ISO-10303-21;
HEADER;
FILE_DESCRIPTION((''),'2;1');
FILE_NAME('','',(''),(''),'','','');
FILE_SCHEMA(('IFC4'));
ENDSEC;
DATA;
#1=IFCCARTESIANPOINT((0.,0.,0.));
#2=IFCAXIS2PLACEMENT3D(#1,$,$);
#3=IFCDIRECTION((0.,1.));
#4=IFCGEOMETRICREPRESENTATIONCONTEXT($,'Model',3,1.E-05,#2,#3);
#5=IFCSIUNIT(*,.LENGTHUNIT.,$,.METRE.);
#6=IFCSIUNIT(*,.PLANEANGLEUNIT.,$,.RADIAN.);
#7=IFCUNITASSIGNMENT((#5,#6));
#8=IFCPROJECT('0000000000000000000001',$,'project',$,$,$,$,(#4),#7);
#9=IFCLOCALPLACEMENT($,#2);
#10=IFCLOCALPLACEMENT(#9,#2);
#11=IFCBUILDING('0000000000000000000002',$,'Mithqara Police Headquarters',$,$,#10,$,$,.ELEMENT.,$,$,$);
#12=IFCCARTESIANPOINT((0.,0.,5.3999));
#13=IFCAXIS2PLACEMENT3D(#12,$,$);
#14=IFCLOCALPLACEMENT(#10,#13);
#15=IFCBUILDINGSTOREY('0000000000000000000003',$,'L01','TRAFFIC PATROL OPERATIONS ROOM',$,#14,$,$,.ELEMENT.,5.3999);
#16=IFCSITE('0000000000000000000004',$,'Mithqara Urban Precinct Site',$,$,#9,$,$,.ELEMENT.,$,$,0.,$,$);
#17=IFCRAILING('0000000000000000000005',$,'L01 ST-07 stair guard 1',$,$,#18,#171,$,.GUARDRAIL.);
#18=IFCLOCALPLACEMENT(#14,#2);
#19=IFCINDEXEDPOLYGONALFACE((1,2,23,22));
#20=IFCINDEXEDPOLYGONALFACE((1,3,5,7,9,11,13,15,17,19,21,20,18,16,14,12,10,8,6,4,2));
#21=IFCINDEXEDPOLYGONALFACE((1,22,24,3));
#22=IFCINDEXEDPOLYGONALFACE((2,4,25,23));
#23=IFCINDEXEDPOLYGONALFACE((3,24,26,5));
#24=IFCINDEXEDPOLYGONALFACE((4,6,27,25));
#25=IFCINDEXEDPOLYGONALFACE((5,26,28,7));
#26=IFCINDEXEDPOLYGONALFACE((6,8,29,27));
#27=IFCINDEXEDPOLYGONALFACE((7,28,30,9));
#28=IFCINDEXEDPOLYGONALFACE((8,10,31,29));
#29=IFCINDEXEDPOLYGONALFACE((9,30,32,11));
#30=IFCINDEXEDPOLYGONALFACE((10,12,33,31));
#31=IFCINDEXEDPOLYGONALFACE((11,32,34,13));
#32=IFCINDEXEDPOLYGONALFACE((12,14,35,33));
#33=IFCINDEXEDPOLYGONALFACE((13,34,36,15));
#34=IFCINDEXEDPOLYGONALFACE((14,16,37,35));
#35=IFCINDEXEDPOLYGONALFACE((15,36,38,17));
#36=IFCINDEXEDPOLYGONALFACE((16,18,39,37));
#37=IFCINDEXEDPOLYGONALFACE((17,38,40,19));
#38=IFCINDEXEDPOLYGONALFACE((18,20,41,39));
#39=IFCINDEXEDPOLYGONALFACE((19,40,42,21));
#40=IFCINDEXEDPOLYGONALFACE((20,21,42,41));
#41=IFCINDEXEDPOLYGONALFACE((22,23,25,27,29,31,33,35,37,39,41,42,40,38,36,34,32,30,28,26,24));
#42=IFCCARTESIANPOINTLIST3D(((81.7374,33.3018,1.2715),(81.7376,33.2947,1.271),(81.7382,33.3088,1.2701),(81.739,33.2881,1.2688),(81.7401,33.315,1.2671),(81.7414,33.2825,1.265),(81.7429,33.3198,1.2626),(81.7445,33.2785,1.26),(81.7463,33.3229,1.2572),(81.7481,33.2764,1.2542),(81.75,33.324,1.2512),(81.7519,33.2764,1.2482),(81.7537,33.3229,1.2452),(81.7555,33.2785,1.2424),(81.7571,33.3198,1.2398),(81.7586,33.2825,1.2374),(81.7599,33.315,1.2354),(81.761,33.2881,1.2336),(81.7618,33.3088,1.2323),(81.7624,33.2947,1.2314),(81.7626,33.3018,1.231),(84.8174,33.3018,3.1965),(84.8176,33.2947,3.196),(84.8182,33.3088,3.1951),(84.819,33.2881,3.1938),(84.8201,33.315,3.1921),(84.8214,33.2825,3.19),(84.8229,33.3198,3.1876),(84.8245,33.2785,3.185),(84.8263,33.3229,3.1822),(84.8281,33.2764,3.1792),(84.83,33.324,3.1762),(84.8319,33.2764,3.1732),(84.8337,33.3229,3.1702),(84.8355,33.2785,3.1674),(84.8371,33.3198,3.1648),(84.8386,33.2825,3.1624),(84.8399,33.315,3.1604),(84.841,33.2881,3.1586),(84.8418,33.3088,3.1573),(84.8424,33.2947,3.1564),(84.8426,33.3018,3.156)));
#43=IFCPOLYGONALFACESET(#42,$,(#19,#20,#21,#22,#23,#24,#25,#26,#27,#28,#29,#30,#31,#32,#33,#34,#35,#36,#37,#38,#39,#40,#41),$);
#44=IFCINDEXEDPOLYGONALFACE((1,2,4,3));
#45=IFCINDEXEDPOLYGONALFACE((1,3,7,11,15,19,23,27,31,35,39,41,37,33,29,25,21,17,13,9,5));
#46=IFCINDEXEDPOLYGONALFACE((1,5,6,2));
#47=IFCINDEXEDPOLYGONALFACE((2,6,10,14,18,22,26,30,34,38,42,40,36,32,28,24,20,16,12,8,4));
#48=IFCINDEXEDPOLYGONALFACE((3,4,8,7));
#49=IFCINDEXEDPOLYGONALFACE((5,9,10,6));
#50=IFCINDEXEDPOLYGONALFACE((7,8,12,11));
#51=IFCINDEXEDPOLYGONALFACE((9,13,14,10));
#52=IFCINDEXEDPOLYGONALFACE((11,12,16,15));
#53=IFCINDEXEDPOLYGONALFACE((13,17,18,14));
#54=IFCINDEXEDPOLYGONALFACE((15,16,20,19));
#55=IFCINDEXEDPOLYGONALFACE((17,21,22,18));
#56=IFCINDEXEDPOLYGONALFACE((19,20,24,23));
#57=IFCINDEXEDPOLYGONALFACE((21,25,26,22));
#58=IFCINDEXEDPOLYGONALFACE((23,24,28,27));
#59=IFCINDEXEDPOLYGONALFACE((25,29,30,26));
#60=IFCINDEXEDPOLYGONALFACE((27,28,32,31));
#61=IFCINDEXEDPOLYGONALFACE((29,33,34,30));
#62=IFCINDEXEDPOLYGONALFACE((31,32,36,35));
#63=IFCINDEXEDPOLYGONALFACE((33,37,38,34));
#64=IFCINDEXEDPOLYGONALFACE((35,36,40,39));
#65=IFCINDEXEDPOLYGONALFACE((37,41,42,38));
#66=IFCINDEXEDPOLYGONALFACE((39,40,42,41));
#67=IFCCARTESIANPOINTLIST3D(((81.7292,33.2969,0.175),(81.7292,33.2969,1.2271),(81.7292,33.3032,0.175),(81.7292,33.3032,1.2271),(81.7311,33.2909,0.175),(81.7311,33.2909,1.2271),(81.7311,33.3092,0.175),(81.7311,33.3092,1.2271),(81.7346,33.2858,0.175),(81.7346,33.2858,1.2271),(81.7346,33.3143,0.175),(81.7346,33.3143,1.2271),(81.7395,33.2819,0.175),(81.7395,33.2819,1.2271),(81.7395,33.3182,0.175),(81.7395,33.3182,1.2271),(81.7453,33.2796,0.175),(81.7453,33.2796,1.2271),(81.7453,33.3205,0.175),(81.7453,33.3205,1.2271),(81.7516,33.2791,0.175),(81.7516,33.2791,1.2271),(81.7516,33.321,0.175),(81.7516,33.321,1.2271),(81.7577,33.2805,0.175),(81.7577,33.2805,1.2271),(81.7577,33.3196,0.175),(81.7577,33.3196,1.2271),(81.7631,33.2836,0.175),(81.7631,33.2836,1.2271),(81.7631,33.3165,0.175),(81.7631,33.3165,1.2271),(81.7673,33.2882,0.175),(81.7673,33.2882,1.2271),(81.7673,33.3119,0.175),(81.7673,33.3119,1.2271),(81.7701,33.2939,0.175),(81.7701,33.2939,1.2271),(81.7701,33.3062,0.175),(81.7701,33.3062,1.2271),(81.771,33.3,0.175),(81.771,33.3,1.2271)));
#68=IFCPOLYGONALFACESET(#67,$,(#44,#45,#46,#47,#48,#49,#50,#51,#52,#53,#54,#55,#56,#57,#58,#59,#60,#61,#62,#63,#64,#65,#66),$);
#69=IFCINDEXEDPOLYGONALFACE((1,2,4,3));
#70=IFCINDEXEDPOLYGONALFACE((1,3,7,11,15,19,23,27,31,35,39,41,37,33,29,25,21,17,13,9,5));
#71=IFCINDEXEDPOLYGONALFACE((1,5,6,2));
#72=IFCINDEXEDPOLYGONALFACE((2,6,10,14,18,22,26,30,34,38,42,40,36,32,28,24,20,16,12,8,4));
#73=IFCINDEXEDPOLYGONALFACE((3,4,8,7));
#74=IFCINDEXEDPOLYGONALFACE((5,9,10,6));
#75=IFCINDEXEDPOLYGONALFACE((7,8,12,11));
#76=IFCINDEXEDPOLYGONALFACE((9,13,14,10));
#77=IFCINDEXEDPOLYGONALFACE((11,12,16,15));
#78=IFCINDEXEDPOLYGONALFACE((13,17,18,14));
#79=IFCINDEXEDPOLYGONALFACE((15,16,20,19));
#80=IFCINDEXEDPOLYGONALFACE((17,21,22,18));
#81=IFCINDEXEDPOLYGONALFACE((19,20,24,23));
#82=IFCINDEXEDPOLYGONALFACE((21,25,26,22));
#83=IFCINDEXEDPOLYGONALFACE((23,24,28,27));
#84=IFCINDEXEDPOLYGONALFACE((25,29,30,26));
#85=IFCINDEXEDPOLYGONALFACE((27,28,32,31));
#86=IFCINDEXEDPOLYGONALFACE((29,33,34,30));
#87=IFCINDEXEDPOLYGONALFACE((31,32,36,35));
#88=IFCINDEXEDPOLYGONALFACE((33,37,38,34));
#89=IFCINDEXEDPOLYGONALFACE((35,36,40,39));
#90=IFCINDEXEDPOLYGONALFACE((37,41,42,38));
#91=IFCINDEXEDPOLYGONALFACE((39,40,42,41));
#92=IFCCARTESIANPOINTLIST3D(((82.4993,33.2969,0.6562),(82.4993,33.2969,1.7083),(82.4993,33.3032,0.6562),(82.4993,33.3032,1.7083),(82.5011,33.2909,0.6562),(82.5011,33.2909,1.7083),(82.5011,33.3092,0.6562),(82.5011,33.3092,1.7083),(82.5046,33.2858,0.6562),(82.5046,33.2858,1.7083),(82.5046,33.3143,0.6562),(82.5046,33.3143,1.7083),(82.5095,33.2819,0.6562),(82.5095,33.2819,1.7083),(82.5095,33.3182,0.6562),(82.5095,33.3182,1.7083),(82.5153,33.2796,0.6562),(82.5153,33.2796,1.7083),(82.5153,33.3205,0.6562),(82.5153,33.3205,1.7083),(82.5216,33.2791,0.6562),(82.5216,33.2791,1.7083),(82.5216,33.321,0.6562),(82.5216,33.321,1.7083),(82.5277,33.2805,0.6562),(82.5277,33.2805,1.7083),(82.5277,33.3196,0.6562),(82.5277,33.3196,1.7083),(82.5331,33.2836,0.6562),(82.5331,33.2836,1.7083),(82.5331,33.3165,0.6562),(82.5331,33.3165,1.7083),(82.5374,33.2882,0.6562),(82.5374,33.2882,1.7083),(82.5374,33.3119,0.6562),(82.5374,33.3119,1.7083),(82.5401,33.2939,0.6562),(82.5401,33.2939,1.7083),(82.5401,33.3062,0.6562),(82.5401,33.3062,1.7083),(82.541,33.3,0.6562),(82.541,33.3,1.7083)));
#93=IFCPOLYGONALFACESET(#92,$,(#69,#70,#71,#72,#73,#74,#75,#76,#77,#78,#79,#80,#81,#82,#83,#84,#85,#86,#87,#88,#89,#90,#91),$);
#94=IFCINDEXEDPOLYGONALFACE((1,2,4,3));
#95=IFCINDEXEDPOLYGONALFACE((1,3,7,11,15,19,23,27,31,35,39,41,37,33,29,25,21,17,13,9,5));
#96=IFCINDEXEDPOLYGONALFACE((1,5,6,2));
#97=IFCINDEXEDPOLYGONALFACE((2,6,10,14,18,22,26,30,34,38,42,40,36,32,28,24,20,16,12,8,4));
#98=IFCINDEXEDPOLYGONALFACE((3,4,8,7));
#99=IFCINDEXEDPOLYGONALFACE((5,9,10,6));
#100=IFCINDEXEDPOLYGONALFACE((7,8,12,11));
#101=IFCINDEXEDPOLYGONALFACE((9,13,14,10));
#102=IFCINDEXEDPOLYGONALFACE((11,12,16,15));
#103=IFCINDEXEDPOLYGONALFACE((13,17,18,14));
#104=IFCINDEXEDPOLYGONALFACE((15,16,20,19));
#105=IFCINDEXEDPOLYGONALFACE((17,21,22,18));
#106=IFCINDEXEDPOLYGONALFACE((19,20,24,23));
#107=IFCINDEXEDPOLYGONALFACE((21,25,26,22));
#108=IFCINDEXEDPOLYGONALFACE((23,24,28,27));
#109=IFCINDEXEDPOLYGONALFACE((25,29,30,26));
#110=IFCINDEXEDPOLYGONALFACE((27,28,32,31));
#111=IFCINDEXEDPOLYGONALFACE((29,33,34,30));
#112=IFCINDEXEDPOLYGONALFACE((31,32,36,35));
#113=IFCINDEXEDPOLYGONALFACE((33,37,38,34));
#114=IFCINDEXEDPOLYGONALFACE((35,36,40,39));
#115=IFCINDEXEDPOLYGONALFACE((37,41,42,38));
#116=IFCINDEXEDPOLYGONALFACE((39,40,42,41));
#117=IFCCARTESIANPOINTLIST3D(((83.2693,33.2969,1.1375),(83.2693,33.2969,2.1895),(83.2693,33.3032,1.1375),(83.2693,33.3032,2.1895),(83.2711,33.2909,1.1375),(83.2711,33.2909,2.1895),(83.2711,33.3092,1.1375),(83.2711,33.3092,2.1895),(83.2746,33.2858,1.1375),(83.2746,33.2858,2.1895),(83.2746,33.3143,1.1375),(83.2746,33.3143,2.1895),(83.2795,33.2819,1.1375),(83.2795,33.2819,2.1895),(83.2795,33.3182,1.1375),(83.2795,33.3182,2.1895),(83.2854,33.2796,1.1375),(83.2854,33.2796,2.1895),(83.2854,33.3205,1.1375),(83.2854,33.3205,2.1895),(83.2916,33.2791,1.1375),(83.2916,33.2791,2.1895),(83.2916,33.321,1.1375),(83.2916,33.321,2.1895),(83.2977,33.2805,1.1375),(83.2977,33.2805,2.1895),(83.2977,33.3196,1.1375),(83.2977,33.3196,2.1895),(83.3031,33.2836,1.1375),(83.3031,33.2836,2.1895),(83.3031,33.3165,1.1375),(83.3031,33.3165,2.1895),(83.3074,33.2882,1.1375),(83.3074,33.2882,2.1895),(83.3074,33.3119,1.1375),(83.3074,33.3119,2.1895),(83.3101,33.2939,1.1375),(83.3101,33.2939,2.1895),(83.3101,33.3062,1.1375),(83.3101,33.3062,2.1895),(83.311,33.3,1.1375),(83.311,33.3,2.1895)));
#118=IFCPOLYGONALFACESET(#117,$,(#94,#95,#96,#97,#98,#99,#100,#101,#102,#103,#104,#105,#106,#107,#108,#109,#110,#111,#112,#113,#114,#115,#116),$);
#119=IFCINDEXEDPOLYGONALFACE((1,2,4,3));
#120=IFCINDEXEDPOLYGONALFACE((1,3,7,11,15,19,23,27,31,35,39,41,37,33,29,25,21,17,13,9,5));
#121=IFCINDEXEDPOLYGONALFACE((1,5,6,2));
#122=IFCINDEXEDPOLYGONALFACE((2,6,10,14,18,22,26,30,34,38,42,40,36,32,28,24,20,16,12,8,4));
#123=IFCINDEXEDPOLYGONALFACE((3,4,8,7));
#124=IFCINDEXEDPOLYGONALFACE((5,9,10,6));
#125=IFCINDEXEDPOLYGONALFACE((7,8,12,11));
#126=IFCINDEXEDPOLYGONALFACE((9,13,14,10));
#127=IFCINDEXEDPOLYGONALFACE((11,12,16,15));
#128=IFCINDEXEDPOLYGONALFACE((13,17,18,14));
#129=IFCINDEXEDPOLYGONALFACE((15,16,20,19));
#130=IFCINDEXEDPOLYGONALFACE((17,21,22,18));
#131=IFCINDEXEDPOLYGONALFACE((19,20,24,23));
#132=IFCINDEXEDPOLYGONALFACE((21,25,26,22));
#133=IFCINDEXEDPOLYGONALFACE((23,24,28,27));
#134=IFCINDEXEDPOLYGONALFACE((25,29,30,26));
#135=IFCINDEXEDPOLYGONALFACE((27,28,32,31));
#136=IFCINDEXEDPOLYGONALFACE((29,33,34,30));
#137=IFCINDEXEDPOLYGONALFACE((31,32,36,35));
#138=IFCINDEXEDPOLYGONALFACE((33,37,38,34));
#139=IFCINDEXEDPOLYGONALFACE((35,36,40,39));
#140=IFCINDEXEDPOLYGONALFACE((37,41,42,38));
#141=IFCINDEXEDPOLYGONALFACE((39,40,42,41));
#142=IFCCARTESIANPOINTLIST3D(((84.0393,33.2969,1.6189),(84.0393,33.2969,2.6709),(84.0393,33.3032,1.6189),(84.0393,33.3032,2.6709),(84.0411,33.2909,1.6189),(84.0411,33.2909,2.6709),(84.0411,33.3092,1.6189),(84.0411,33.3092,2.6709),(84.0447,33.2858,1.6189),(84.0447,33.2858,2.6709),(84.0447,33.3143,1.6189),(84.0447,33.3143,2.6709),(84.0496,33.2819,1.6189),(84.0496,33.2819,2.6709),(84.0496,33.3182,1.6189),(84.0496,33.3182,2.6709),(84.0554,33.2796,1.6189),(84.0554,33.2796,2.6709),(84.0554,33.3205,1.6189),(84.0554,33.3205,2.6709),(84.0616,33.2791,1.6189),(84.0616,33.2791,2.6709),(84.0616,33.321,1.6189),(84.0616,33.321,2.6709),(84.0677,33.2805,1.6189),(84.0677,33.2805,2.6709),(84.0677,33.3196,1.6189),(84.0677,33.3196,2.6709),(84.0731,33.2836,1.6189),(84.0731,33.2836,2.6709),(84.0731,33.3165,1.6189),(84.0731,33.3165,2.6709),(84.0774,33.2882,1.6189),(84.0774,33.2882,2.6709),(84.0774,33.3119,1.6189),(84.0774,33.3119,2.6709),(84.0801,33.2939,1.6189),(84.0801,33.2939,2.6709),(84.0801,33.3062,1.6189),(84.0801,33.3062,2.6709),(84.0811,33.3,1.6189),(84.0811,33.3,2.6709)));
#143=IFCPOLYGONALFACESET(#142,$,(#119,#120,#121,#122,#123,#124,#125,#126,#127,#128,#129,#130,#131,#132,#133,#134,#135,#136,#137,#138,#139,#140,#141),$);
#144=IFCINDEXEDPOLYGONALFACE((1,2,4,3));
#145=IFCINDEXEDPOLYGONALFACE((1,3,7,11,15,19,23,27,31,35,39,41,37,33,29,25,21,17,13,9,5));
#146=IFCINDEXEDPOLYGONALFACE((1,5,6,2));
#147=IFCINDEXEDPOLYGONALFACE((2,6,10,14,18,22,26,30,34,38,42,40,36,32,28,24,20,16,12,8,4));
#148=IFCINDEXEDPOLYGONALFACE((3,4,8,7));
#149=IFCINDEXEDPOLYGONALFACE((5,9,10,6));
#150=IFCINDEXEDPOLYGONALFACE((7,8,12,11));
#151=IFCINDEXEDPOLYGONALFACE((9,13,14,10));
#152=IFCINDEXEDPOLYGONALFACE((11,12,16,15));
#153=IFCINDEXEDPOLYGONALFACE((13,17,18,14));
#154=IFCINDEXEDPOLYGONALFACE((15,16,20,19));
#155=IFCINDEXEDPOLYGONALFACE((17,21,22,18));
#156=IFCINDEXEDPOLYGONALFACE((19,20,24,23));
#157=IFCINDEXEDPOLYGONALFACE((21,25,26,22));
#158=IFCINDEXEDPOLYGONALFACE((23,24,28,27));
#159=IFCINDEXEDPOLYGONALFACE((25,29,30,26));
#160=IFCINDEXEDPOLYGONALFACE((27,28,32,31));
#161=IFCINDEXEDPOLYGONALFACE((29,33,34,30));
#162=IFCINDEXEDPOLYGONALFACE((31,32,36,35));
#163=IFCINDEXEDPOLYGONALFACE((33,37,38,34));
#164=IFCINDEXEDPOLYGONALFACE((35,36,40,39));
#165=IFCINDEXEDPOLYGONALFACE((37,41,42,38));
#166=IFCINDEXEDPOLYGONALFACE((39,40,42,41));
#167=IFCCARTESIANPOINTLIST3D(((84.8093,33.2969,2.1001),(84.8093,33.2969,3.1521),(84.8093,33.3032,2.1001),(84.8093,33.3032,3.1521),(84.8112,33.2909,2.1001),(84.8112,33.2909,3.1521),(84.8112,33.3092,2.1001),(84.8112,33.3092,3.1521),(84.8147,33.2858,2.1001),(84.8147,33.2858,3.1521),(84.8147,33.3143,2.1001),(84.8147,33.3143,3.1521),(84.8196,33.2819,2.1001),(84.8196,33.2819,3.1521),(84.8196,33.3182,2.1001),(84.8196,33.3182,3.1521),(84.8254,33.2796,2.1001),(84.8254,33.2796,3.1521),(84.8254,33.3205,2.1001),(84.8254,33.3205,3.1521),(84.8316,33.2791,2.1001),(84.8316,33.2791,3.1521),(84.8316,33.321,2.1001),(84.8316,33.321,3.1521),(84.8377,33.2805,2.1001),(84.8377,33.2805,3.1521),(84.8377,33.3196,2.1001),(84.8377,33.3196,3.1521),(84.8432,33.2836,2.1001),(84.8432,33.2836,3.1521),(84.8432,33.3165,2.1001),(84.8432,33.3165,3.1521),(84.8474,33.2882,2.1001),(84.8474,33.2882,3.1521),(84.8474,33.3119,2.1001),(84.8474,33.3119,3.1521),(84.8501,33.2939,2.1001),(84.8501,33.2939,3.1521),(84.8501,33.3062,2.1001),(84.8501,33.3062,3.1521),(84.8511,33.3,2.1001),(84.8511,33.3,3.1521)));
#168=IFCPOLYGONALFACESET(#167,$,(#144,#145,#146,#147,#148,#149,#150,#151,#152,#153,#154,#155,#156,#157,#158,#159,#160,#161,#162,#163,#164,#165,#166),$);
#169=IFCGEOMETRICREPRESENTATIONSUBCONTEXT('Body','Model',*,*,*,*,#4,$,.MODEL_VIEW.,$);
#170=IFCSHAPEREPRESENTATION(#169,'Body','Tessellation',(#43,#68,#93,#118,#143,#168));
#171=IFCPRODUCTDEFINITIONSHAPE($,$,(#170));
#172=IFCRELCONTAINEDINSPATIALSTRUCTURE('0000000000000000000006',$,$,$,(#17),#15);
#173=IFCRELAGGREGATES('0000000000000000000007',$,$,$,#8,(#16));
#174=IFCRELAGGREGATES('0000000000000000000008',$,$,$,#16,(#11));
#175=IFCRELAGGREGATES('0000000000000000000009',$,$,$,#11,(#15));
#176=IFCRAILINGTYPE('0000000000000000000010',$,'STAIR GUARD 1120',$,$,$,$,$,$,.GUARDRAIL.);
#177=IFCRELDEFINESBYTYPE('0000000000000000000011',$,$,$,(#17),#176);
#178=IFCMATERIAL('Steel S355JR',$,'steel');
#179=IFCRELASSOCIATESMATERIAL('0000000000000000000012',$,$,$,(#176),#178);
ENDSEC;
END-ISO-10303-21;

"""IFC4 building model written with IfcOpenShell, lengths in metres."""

from ifc_helpers import new_model, si_unit, direction, frame, origin, origin_2d, place, context, subcontext, project, spatial, circle, extrude, material, type_object, element, save


model = new_model("IFC4")

# Units and contexts
model_context = context("Model", 3, precision=1e-05, world=origin(), true_north=direction((0.0, 1.0)))
body_context = subcontext(model_context, "Body", "Model", "MODEL_VIEW")
ifc_project = project(units=[si_unit("LENGTHUNIT", "METRE"), si_unit("PLANEANGLEUNIT", "RADIAN")], contexts=[model_context])

# Site, building, storey
site_placement = place(None, origin())
site = spatial("IfcSite", under=ifc_project, at=site_placement, Name="Mithqara Urban Precinct Site", CompositionType="ELEMENT", RefElevation=0.0)
building_placement = place(site_placement, origin())
building = spatial("IfcBuilding", under=site, at=building_placement, Name="Mithqara Police Headquarters", CompositionType="ELEMENT")
storey_placement = place(building_placement, frame((0.0, 0.0, 5.3999)))
storey = spatial("IfcBuildingStorey", under=building, at=storey_placement, Name="L01", Description="TRAFFIC PATROL OPERATIONS ROOM", CompositionType="ELEMENT", Elevation=5.3999)

# Railing
ifc_material_1 = material(Name="Steel S355JR", Category="steel")
railing_type_1 = type_object("IfcRailingType", Name="STAIR GUARD 1120", PredefinedType="GUARDRAIL", material=ifc_material_1)
railing_1_placement = place(storey_placement, frame((81.75, 33.3, 0.175)))
element("IfcRailing", 1, at=railing_1_placement, inside=storey, type_object=railing_type_1, Name="L01 ST-07 stair guard 1", PredefinedType="GUARDRAIL", context=body_context, shape_type="SweptSolid", body=[
    extrude(circle(Radius=0.0239, at=origin_2d()), frame((0.0, 0.0, 1.0762), z_axis=(0.847998, 0.0, 0.529999), x_axis=(0.0, 1.0, 0.0)), (0.0, 0.0, 1.0), 3.6321),
    extrude(circle(Radius=0.021, at=origin_2d()), origin(), (0.0, 0.0, 1.0), 1.052),
    extrude(circle(Radius=0.021, at=origin_2d()), frame((0.77, 0.0, 0.4812)), (0.0, 0.0, 1.0), 1.052),
    extrude(circle(Radius=0.021, at=origin_2d()), frame((1.54, 0.0, 0.9624)), (0.0, 0.0, 1.0), 1.052),
    extrude(circle(Radius=0.021, at=origin_2d()), frame((2.3101, 0.0, 1.4438)), (0.0, 0.0, 1.0), 1.052),
    extrude(circle(Radius=0.021, at=origin_2d()), frame((3.0801, 0.0, 1.925)), (0.0, 0.0, 1.0), 1.052),
])

save(model, "model.ifc")
